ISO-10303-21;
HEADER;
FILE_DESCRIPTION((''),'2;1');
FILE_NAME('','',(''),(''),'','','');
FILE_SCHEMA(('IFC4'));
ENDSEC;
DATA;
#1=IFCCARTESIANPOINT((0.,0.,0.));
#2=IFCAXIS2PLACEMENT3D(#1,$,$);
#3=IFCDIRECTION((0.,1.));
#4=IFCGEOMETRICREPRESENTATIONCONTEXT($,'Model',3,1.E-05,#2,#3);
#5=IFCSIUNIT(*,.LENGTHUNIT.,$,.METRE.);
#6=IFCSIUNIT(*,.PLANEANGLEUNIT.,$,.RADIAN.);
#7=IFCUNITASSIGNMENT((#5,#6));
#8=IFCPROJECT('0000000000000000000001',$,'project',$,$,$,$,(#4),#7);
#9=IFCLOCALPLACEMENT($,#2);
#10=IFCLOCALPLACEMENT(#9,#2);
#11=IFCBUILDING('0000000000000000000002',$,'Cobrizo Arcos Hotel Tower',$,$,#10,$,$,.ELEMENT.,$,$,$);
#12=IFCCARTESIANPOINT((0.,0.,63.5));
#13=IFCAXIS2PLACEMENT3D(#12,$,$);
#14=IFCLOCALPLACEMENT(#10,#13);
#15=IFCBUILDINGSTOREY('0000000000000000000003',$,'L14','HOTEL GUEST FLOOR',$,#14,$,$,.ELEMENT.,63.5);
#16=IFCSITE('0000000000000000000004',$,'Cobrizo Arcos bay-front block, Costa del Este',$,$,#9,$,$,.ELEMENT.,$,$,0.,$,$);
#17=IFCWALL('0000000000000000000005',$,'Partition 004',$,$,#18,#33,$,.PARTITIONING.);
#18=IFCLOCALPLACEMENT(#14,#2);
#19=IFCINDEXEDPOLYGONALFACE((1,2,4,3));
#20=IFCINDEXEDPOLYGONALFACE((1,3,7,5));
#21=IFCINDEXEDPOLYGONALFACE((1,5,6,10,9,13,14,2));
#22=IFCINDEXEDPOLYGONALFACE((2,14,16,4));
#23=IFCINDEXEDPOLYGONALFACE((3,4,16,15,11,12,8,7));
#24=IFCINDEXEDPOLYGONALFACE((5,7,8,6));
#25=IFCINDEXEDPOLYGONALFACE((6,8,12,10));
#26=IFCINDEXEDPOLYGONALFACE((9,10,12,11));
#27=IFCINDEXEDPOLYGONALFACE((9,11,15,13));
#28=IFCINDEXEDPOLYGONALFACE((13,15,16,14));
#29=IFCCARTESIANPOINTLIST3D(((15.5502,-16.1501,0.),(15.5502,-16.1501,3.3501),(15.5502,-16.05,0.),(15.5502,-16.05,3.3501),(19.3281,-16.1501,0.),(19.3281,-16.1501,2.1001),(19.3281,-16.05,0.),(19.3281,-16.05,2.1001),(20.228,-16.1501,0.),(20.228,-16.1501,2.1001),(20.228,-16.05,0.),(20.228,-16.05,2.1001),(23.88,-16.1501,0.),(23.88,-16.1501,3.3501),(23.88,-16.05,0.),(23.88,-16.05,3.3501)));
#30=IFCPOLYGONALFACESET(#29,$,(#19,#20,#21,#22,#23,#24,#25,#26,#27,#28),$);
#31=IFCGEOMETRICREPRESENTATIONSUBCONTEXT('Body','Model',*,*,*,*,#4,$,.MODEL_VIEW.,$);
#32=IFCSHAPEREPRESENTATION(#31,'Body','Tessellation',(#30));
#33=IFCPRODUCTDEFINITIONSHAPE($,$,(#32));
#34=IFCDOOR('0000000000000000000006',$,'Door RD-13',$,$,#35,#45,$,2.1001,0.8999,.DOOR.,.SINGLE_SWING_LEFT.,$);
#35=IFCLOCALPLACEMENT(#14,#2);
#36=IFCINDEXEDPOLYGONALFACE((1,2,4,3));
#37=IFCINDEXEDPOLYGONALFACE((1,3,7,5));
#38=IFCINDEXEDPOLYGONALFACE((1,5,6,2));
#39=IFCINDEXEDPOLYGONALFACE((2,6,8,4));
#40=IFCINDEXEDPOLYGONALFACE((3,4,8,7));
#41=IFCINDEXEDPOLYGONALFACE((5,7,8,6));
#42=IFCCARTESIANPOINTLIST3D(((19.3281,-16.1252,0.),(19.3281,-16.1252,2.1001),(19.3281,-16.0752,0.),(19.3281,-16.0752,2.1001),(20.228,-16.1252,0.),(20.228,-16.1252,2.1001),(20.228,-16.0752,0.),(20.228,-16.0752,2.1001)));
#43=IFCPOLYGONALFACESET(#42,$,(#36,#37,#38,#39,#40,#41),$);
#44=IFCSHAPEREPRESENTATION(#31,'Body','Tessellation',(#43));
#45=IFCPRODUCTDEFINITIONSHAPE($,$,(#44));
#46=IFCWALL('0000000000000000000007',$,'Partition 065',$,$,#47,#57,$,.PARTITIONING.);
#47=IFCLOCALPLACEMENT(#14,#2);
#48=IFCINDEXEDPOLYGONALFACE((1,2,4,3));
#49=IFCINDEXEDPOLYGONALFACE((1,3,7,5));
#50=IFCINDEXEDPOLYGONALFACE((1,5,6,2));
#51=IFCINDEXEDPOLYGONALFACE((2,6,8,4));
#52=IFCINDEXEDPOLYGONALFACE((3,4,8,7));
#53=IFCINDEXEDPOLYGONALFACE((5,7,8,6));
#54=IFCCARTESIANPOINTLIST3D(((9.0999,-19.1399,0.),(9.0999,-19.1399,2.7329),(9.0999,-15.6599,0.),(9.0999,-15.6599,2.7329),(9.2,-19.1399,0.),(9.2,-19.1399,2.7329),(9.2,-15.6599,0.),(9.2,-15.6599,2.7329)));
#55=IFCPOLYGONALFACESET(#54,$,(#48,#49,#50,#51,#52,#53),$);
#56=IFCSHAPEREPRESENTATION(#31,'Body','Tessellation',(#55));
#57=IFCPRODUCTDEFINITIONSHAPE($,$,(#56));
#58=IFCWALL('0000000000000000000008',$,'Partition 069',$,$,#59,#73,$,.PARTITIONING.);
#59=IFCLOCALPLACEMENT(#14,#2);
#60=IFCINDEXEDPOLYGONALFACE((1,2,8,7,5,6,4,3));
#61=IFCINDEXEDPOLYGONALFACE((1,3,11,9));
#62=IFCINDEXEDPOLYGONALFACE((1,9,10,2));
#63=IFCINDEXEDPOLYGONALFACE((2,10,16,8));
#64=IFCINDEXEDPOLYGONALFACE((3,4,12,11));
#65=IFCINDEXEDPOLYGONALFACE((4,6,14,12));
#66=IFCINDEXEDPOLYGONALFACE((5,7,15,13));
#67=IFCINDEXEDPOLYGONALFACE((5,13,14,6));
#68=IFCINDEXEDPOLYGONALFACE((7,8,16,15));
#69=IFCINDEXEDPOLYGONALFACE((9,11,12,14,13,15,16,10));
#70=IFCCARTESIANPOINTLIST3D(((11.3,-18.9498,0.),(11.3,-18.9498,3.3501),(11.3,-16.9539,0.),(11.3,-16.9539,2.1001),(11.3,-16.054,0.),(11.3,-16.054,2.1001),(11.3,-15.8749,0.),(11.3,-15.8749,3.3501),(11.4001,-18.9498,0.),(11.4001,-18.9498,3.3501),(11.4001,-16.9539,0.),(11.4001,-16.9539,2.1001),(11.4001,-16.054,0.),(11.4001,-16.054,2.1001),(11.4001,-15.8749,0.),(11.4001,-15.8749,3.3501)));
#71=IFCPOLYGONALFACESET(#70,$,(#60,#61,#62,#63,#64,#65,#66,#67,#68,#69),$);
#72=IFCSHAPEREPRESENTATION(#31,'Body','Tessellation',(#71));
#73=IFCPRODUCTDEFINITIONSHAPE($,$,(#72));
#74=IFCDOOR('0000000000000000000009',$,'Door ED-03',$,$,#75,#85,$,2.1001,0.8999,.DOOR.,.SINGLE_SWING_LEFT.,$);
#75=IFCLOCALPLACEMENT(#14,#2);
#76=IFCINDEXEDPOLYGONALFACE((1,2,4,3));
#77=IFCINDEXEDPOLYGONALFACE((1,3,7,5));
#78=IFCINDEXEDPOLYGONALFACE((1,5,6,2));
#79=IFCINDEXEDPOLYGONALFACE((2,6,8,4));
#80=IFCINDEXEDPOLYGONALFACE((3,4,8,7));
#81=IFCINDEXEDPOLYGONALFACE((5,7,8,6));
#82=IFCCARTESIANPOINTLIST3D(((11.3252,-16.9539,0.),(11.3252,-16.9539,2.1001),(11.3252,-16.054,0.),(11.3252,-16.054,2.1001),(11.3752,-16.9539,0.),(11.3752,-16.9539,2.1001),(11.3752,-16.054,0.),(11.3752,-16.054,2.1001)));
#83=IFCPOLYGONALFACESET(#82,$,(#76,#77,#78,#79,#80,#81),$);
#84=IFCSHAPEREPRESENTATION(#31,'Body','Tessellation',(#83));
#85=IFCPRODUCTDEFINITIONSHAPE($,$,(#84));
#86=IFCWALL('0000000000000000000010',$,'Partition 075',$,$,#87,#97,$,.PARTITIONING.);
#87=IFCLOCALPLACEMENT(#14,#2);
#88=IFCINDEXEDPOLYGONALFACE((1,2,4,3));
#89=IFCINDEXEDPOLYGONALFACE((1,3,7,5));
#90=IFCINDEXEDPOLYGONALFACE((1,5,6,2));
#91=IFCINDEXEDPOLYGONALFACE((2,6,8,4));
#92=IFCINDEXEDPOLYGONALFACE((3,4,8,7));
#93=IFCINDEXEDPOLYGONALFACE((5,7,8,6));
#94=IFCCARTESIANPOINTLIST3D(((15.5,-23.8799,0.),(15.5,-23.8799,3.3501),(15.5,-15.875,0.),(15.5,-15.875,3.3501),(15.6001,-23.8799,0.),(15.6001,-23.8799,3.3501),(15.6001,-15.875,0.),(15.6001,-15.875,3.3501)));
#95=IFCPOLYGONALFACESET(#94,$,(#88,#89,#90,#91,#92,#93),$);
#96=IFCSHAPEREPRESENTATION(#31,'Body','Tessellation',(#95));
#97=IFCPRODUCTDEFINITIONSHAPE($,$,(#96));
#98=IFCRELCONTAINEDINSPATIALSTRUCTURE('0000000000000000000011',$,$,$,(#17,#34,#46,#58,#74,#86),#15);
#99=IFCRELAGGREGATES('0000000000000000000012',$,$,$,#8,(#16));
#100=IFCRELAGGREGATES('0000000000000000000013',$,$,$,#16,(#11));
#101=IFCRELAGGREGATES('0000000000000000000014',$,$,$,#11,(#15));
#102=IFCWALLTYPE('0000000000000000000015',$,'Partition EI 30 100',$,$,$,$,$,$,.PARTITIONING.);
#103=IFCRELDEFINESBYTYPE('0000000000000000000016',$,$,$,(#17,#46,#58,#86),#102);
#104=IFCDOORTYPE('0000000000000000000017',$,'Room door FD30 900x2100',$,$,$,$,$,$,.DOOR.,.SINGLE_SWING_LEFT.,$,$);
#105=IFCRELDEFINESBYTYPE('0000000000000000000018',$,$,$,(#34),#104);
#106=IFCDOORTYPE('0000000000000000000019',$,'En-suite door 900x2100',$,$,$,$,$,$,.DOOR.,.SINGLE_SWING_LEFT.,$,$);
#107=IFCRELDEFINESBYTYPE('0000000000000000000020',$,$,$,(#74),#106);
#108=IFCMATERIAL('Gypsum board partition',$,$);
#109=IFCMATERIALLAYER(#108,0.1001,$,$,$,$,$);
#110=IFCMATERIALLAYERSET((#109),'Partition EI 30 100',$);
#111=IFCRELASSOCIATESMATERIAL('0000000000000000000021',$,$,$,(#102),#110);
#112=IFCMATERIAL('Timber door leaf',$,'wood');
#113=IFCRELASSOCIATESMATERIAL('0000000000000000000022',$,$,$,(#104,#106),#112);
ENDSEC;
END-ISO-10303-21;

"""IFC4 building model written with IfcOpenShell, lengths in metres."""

from ifc_helpers import new_model, si_unit, direction, frame, frame_2d, origin, place, context, subcontext, project, spatial, rectangle, extrude, material, layer, layer_set, type_object, element, fill, save


model = new_model("IFC4")

# Units and contexts
model_context = context("Model", 3, precision=1e-05, world=origin(), true_north=direction((0.0, 1.0)))
body_context = subcontext(model_context, "Body", "Model", "MODEL_VIEW")
ifc_project = project(units=[si_unit("LENGTHUNIT", "METRE"), si_unit("PLANEANGLEUNIT", "RADIAN")], contexts=[model_context])

# Site, building, storey
site_placement = place(None, origin())
site = spatial("IfcSite", under=ifc_project, at=site_placement, Name="Cobrizo Arcos bay-front block, Costa del Este", CompositionType="ELEMENT", RefElevation=0.0)
building_placement = place(site_placement, origin())
building = spatial("IfcBuilding", under=site, at=building_placement, Name="Cobrizo Arcos Hotel Tower", CompositionType="ELEMENT")
storey_placement = place(building_placement, frame((0.0, 0.0, 63.5)))
storey = spatial("IfcBuildingStorey", under=building, at=storey_placement, Name="L14", Description="HOTEL GUEST FLOOR", CompositionType="ELEMENT", Elevation=63.5)

# Shared definitions
ifc_material_1 = material(Name="Gypsum board partition")
ifc_layer_1 = layer(ifc_material_1, 0.1001)
ifc_layer_set_1 = layer_set([ifc_layer_1], Name="Partition EI 30 100")
wall_type = type_object("IfcWallType", Name="Partition EI 30 100", PredefinedType="PARTITIONING", material=ifc_layer_set_1)

# Wall, opening, door
wall_1_placement = place(storey_placement, frame((15.55, -16.1001, 0.0), z_axis=(0.0, 0.0, 1.0), x_axis=(1.0, 0.0, 0.0)))
wall_1 = element("IfcWall", 1, at=wall_1_placement, inside=storey, type_object=wall_type, Name="Partition 004", PredefinedType="PARTITIONING", context=body_context, shape_type="SweptSolid", body=[
    extrude(rectangle(XDim=8.3298, YDim=0.1001, at=frame_2d((4.165, 0.0))), origin(), (0.0, 0.0, 1.0), 3.3501),
])
opening_1_placement = place(wall_1_placement, frame((3.7781, 0.0, 0.0)))
opening_1 = element("IfcOpeningElement", 2, at=opening_1_placement, cuts=wall_1, PredefinedType="OPENING", context=body_context, shape_type="SweptSolid", body=[
    extrude(rectangle(XDim=0.8999, YDim=2.1001, at=frame_2d((0.45, 1.05))), frame((0.0, 0.062, 0.0), z_axis=(0.0, -1.0, 0.0), x_axis=(1.0, 0.0, 0.0)), (0.0, 0.0, 1.0), 0.124),
])
ifc_material_2 = material(Name="Timber door leaf", Category="wood")
door_type_1 = type_object("IfcDoorType", Name="Room door FD30 900x2100", OperationType="SINGLE_SWING_LEFT", PredefinedType="DOOR", material=ifc_material_2)
door_1_placement = place(opening_1_placement, origin())
door_1 = element("IfcDoor", 3, at=door_1_placement, inside=storey, type_object=door_type_1, Name="Door RD-13", OperationType="SINGLE_SWING_LEFT", OverallHeight=2.1001, OverallWidth=0.8999, PredefinedType="DOOR", context=body_context, shape_type="SweptSolid", body=[
    extrude(rectangle(XDim=0.8999, YDim=2.1001, at=frame_2d((0.45, 1.05))), frame((0.0, 0.0249, 0.0), z_axis=(0.0, -1.0, 0.0), x_axis=(1.0, 0.0, 0.0)), (0.0, 0.0, 1.0), 0.05),
])
fill(opening_1, door_1)

# Wall
wall_2_placement = place(storey_placement, frame((9.1499, -19.1399, 0.0), z_axis=(0.0, 0.0, 1.0), x_axis=(0.0, 1.0, 0.0)))
element("IfcWall", 4, at=wall_2_placement, inside=storey, type_object=wall_type, Name="Partition 065", PredefinedType="PARTITIONING", context=body_context, shape_type="SweptSolid", body=[
    extrude(rectangle(XDim=3.48, YDim=0.1001, at=frame_2d((1.74, 0.0))), origin(), (0.0, 0.0, 1.0), 2.7329),
])

# Wall, opening, door
wall_3_placement = place(storey_placement, frame((11.3501, -18.95, 0.0), z_axis=(0.0, 0.0, 1.0), x_axis=(0.0, 1.0, 0.0)))
wall_3 = element("IfcWall", 5, at=wall_3_placement, inside=storey, type_object=wall_type, Name="Partition 069", PredefinedType="PARTITIONING", context=body_context, shape_type="SweptSolid", body=[
    extrude(rectangle(XDim=3.075, YDim=0.1001, at=frame_2d((1.5376, 0.0))), origin(), (0.0, 0.0, 1.0), 3.3501),
])
opening_2_placement = place(wall_3_placement, frame((1.9961, 0.0, 0.0)))
opening_2 = element("IfcOpeningElement", 6, at=opening_2_placement, cuts=wall_3, PredefinedType="OPENING", context=body_context, shape_type="SweptSolid", body=[
    extrude(rectangle(XDim=0.8999, YDim=2.1001, at=frame_2d((0.45, 1.05))), frame((0.0, 0.062, 0.0), z_axis=(0.0, -1.0, 0.0), x_axis=(1.0, 0.0, 0.0)), (0.0, 0.0, 1.0), 0.124),
])
door_type_2 = type_object("IfcDoorType", Name="En-suite door 900x2100", OperationType="SINGLE_SWING_LEFT", PredefinedType="DOOR", material=ifc_material_2)
door_2_placement = place(opening_2_placement, origin())
door_2 = element("IfcDoor", 7, at=door_2_placement, inside=storey, type_object=door_type_2, Name="Door ED-03", OperationType="SINGLE_SWING_LEFT", OverallHeight=2.1001, OverallWidth=0.8999, PredefinedType="DOOR", context=body_context, shape_type="SweptSolid", body=[
    extrude(rectangle(XDim=0.8999, YDim=2.1001, at=frame_2d((0.45, 1.05))), frame((0.0, 0.0249, 0.0), z_axis=(0.0, -1.0, 0.0), x_axis=(1.0, 0.0, 0.0)), (0.0, 0.0, 1.0), 0.05),
])
fill(opening_2, door_2)

# Wall
wall_4_placement = place(storey_placement, frame((15.55, -23.8799, 0.0), z_axis=(0.0, 0.0, 1.0), x_axis=(0.0, 1.0, 0.0)))
element("IfcWall", 8, at=wall_4_placement, inside=storey, type_object=wall_type, Name="Partition 075", PredefinedType="PARTITIONING", context=body_context, shape_type="SweptSolid", body=[
    extrude(rectangle(XDim=8.0049, YDim=0.1001, at=frame_2d((4.0024, 0.0))), origin(), (0.0, 0.0, 1.0), 3.3501),
])

save(model, "model.ifc")
